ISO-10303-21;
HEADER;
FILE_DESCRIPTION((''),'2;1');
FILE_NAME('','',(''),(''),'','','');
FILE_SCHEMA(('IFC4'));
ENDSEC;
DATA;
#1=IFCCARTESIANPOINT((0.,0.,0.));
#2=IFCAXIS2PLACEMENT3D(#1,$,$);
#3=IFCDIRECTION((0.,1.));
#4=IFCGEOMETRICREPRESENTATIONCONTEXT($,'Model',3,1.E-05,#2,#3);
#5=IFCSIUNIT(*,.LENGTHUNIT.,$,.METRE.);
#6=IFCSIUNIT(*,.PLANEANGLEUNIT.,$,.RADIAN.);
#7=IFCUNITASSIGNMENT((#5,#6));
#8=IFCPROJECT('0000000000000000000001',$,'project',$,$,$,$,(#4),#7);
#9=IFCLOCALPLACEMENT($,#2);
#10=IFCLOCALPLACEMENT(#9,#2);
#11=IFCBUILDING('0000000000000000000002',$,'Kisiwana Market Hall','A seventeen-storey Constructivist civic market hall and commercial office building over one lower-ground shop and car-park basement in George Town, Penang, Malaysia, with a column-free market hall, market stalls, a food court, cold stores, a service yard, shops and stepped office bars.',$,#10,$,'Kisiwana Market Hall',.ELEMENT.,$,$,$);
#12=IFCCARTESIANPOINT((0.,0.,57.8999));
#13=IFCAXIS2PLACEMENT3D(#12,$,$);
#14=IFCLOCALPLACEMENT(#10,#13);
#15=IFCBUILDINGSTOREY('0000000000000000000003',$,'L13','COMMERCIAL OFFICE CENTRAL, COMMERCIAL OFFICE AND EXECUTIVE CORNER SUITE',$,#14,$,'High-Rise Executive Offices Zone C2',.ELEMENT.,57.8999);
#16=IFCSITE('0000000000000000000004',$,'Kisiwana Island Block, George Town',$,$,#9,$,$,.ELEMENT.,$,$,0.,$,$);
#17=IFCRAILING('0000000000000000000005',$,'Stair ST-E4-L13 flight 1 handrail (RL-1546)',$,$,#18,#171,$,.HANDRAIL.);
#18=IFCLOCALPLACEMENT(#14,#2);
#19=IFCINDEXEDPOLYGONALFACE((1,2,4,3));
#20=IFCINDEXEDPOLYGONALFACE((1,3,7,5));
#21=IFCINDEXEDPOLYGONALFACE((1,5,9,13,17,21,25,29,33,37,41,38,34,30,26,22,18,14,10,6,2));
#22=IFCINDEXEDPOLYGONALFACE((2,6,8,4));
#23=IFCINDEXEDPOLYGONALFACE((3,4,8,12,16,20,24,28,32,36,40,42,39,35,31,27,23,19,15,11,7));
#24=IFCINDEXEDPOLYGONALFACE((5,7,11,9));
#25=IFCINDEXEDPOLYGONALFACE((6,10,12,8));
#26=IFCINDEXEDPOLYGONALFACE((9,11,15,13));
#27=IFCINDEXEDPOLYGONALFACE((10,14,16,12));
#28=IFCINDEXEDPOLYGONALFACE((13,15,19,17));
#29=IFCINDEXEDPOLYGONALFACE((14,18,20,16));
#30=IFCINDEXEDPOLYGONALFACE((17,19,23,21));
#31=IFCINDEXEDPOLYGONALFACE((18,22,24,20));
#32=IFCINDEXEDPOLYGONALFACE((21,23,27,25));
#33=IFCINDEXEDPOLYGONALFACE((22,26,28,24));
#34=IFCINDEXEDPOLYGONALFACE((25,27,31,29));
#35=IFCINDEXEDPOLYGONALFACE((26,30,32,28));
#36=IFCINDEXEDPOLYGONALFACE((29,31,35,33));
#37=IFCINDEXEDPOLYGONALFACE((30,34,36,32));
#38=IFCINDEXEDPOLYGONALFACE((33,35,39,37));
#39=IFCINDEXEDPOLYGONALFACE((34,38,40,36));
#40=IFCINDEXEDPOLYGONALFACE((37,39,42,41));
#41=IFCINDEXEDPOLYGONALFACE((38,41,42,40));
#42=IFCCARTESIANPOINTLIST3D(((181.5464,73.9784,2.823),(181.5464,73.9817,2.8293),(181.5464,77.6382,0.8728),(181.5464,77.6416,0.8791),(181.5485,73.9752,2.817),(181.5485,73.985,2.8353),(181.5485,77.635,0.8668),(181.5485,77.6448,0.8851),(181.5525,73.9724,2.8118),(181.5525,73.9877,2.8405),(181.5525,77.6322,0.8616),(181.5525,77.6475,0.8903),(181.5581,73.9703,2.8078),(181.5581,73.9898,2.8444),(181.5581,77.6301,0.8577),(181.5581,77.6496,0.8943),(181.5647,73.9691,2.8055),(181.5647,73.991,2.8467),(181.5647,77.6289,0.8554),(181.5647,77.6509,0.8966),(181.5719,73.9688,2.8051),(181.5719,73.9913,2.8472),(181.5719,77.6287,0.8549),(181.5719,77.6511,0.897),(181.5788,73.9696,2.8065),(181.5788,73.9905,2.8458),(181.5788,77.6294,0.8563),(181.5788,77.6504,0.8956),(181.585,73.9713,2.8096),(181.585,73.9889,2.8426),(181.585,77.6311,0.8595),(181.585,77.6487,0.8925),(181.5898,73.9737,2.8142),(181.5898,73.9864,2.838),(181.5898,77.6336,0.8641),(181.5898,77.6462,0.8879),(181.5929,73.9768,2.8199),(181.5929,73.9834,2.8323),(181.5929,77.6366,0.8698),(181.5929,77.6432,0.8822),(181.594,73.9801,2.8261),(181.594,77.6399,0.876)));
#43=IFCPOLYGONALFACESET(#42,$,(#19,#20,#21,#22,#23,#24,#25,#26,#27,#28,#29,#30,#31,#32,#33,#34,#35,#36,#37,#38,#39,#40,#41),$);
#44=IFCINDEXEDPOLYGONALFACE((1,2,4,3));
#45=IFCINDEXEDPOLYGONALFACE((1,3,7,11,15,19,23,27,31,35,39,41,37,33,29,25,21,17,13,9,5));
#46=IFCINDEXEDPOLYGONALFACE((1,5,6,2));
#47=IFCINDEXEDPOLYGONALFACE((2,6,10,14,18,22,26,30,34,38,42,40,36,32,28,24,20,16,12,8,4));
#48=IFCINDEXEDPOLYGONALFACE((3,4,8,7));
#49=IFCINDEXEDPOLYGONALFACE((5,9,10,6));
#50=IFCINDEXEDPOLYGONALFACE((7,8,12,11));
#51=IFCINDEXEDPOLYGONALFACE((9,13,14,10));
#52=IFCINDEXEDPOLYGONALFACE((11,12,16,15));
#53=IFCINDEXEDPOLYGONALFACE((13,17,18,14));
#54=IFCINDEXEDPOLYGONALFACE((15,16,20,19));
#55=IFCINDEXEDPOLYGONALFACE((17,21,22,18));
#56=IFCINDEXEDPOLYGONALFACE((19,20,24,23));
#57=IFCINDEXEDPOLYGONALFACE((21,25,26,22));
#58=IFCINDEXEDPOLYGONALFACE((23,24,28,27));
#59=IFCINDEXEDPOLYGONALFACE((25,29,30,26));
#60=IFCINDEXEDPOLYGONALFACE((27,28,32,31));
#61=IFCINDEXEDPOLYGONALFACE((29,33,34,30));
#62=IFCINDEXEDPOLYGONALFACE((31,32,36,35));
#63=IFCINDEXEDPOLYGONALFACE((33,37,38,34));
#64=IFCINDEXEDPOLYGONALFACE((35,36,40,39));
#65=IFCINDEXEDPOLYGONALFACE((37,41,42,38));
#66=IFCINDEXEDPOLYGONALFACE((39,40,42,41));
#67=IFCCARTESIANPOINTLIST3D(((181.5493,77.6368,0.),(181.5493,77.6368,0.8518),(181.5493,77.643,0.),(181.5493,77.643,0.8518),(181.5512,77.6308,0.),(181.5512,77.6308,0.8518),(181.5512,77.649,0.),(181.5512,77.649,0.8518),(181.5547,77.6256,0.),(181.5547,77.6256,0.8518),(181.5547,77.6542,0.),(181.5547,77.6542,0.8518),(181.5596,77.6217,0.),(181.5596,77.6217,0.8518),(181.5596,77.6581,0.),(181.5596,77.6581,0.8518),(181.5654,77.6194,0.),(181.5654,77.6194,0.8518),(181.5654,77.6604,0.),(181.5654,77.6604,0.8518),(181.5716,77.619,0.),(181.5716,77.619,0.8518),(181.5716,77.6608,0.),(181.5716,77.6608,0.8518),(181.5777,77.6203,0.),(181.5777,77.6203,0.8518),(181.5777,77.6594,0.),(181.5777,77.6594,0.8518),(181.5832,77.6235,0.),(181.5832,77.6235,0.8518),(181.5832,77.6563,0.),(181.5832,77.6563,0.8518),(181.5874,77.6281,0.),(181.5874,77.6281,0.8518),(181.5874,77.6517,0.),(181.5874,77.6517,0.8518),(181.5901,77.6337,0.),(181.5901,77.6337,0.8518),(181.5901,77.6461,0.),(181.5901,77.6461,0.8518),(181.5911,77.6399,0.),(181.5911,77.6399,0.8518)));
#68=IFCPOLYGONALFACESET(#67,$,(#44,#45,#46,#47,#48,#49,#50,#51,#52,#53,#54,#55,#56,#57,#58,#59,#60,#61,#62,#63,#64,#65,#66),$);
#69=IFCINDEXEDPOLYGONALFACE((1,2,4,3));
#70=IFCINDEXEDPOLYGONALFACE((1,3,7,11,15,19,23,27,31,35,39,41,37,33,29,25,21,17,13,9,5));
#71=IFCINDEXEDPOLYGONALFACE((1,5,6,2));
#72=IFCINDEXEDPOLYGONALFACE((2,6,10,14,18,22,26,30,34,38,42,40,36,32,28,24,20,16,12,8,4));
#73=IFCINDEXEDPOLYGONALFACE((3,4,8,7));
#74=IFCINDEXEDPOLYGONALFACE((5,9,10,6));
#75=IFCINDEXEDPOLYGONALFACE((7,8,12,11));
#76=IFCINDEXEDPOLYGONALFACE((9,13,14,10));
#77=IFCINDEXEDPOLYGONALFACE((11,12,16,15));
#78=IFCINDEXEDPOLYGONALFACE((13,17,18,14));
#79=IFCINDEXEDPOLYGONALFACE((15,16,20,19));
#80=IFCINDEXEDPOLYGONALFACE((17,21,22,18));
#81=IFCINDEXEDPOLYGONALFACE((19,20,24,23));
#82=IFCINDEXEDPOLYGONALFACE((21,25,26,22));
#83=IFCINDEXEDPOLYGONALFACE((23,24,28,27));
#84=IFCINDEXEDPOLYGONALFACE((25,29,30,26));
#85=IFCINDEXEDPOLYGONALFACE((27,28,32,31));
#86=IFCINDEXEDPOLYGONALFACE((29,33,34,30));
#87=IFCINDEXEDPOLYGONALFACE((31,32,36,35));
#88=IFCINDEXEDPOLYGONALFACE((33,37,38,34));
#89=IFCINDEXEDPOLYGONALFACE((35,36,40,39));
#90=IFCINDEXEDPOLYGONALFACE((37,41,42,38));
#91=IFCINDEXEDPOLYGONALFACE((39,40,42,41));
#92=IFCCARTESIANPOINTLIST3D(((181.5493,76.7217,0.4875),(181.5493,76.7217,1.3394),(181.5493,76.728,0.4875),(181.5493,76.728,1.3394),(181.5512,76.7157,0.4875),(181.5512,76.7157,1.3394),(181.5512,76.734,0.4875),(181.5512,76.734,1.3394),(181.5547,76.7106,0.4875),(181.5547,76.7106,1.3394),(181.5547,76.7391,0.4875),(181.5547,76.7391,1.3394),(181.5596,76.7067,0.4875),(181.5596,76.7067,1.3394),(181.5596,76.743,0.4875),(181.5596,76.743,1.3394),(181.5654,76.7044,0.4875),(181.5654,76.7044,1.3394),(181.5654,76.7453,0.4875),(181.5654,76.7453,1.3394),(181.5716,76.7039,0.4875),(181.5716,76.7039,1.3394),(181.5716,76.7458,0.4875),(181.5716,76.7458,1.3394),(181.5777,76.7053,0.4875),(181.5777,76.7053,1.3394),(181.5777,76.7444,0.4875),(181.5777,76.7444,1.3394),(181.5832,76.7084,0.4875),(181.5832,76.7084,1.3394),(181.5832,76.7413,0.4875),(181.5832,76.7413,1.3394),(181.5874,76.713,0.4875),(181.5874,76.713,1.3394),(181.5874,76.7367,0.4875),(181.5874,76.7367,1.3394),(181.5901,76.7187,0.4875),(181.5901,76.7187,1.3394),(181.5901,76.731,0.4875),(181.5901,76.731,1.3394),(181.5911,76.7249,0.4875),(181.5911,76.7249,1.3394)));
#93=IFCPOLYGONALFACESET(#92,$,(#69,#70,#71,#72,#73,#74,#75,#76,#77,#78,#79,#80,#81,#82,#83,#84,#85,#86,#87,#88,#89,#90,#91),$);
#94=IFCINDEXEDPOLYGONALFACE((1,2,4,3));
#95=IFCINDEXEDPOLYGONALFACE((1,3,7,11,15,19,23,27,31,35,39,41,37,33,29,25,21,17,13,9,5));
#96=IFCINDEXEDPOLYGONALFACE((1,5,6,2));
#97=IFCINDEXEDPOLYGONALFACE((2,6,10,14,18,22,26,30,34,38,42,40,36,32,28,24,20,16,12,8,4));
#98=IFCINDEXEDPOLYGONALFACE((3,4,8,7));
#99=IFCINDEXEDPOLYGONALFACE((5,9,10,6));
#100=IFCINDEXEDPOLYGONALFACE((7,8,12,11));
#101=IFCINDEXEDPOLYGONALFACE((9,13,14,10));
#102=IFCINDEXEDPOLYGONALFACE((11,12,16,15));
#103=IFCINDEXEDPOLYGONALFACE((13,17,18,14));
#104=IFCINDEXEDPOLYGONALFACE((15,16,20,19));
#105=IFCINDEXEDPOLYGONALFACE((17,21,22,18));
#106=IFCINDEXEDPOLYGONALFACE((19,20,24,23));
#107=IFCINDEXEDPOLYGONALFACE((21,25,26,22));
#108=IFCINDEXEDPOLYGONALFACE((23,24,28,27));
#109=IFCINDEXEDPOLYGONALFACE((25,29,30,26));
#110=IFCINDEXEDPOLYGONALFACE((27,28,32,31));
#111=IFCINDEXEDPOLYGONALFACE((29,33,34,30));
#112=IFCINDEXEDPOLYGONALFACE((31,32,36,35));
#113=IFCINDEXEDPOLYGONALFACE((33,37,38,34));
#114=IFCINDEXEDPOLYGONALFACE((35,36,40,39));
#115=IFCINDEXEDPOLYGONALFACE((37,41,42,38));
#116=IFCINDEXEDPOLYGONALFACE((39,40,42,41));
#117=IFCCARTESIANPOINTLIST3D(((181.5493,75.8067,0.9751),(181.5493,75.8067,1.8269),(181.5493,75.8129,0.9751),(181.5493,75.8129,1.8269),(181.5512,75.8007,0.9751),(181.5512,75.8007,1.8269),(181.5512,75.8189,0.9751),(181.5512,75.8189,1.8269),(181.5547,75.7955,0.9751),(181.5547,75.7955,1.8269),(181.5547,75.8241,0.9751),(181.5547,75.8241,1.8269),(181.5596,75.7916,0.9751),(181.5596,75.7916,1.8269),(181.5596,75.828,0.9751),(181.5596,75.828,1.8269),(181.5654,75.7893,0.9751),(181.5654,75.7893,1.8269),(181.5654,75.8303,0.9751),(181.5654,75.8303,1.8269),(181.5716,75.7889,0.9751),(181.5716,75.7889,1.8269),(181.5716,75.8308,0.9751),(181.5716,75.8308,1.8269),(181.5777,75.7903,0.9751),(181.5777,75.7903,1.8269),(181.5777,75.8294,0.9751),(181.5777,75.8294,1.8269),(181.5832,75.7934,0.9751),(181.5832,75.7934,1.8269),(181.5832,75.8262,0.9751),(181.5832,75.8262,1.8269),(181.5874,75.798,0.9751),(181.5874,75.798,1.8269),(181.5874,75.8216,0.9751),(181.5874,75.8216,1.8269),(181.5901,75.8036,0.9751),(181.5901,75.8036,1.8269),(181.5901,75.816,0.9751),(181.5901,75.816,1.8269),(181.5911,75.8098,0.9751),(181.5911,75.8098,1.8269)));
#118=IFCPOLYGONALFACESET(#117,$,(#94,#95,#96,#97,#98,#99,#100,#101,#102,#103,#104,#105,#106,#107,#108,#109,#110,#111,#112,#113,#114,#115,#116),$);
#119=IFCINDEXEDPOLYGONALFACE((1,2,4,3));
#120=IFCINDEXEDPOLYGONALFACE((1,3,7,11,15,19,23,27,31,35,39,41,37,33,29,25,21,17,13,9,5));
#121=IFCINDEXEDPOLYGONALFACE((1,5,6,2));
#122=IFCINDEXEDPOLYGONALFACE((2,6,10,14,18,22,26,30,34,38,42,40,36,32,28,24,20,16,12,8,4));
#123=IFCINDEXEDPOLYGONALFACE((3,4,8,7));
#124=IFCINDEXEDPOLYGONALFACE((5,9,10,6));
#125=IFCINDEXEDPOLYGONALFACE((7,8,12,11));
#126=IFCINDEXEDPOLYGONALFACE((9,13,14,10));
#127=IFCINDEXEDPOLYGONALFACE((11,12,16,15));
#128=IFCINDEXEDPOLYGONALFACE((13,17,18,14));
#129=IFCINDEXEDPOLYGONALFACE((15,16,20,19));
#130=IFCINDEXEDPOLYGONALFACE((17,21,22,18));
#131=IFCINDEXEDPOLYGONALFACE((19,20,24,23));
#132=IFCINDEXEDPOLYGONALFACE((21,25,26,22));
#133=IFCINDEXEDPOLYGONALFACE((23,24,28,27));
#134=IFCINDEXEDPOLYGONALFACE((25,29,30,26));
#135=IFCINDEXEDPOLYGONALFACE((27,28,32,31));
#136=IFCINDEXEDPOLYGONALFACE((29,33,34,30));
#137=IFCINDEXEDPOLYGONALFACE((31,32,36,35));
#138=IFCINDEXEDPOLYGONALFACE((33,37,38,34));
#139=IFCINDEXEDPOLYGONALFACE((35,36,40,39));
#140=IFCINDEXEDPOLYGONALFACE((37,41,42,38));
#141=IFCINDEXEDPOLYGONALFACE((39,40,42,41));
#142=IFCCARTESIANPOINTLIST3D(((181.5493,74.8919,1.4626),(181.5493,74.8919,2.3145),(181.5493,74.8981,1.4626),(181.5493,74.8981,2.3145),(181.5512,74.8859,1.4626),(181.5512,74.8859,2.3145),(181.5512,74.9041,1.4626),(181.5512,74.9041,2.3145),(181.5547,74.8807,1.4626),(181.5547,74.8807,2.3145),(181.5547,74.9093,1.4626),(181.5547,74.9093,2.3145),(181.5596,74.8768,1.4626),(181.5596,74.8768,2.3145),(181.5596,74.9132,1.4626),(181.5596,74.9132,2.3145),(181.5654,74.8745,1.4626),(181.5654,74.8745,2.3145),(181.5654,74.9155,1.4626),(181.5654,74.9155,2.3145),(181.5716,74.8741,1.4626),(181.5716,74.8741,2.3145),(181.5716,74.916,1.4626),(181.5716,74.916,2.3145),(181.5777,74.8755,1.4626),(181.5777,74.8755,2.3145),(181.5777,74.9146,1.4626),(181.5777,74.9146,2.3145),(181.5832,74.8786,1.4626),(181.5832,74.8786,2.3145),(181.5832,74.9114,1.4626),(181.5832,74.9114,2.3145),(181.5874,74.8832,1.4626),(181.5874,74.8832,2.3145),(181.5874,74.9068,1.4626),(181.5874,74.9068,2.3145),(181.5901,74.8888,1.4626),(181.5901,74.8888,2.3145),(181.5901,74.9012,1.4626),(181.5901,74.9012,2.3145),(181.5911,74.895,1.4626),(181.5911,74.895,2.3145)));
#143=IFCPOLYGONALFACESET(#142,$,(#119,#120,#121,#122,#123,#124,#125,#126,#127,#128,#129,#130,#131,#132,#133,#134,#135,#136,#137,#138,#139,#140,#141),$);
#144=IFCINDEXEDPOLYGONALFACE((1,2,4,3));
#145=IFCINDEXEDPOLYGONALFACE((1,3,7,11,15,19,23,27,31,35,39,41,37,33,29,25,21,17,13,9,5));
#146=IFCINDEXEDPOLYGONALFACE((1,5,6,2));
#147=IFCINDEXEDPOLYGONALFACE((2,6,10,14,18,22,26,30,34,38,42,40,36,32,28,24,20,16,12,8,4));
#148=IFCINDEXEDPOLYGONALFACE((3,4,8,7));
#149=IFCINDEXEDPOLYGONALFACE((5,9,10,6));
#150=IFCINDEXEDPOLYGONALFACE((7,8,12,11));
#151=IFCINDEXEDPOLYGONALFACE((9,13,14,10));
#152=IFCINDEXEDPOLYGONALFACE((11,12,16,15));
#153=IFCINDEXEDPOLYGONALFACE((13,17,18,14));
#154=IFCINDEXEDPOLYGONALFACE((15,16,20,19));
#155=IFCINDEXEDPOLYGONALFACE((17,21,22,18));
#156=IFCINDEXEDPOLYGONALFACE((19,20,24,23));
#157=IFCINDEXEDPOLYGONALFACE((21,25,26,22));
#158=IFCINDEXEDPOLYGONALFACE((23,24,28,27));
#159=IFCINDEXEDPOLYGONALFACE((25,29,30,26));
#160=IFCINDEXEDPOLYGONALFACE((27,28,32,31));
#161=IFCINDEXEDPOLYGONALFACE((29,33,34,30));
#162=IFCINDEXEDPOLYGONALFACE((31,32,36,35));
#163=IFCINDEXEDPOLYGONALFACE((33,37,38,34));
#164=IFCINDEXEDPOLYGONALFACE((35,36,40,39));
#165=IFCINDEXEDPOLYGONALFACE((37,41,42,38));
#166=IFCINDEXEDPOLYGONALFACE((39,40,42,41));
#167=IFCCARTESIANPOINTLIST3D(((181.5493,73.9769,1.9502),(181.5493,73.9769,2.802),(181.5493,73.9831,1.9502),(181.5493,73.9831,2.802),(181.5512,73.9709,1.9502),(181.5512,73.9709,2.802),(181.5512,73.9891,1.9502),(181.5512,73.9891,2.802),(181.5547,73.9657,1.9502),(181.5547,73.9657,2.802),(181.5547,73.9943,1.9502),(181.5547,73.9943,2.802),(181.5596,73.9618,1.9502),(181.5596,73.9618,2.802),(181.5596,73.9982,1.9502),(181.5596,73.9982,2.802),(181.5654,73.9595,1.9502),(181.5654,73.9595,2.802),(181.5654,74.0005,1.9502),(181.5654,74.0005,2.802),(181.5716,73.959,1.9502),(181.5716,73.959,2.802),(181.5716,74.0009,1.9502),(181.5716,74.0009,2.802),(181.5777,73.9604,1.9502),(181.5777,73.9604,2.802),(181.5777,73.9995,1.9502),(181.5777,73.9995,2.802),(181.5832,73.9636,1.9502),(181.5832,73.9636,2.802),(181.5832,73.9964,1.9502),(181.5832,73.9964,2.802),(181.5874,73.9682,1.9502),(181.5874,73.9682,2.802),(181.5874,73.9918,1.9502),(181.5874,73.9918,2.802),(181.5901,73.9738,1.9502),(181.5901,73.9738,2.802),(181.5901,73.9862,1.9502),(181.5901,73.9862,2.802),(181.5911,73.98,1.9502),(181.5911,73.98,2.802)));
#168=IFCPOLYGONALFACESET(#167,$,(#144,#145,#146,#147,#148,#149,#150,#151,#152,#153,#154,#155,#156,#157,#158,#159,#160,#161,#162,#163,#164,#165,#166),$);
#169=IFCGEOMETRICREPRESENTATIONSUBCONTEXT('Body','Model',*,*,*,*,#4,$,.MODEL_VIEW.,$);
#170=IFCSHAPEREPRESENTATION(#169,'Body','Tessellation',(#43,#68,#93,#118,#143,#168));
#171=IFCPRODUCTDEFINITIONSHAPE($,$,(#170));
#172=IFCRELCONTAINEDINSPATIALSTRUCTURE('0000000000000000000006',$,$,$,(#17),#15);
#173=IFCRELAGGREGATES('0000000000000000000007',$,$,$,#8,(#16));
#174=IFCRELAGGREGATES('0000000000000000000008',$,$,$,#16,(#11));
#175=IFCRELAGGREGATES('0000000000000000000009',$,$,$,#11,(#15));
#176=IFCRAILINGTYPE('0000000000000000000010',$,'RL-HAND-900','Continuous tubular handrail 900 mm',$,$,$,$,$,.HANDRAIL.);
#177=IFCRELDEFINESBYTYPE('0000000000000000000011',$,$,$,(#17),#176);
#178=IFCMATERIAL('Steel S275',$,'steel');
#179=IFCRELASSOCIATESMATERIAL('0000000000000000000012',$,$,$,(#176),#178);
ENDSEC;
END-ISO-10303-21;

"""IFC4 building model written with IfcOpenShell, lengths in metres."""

from ifc_helpers import new_model, si_unit, direction, frame, origin, origin_2d, place, context, subcontext, project, spatial, circle, extrude, material, type_object, element, save


model = new_model("IFC4")

# Units and contexts
model_context = context("Model", 3, precision=1e-05, world=origin(), true_north=direction((0.0, 1.0)))
body_context = subcontext(model_context, "Body", "Model", "MODEL_VIEW")
ifc_project = project(units=[si_unit("LENGTHUNIT", "METRE"), si_unit("PLANEANGLEUNIT", "RADIAN")], contexts=[model_context])

# Site, building, storey
site_placement = place(None, origin())
site = spatial("IfcSite", under=ifc_project, at=site_placement, Name="Kisiwana Island Block, George Town", CompositionType="ELEMENT", RefElevation=0.0)
building_placement = place(site_placement, origin())
building = spatial("IfcBuilding", under=site, at=building_placement, Name="Kisiwana Market Hall", Description="A seventeen-storey Constructivist civic market hall and commercial office building over one lower-ground shop and car-park basement in George Town, Penang, Malaysia, with a column-free market hall, market stalls, a food court, cold stores, a service yard, shops and stepped office bars.", LongName="Kisiwana Market Hall", CompositionType="ELEMENT")
storey_placement = place(building_placement, frame((0.0, 0.0, 57.8999)))
storey = spatial("IfcBuildingStorey", under=building, at=storey_placement, Name="L13", Description="COMMERCIAL OFFICE CENTRAL, COMMERCIAL OFFICE AND EXECUTIVE CORNER SUITE", LongName="High-Rise Executive Offices Zone C2", CompositionType="ELEMENT", Elevation=57.8999)

# Railing
ifc_material_1 = material(Name="Steel S275", Category="steel")
railing_type_1 = type_object("IfcRailingType", Name="RL-HAND-900", Description="Continuous tubular handrail 900 mm", PredefinedType="HANDRAIL", material=ifc_material_1)
railing_1_placement = place(storey_placement, frame((181.5701, 77.6399, 0.0)))
element("IfcRailing", 1, at=railing_1_placement, inside=storey, type_object=railing_type_1, Name="Stair ST-E4-L13 flight 1 handrail (RL-1546)", PredefinedType="HANDRAIL", context=body_context, shape_type="SweptSolid", body=[
    extrude(circle(Radius=0.0239, at=origin_2d()), frame((0.0, 0.0, 0.876), z_axis=(0.0, -0.882529, 0.470258), x_axis=(1.0, 0.0, 0.0)), (0.0, 0.0, 1.0), 4.147),
    extrude(circle(Radius=0.021, at=origin_2d()), origin(), (0.0, 0.0, 1.0), 0.8518),
    extrude(circle(Radius=0.021, at=origin_2d()), frame((0.0, -0.915, 0.4875)), (0.0, 0.0, 1.0), 0.8518),
    extrude(circle(Radius=0.021, at=origin_2d()), frame((0.0, -1.8301, 0.9751)), (0.0, 0.0, 1.0), 0.8518),
    extrude(circle(Radius=0.021, at=origin_2d()), frame((0.0, -2.7449, 1.4626)), (0.0, 0.0, 1.0), 0.8518),
    extrude(circle(Radius=0.021, at=origin_2d()), frame((0.0, -3.6599, 1.9502)), (0.0, 0.0, 1.0), 0.8518),
])

save(model, "model.ifc")
